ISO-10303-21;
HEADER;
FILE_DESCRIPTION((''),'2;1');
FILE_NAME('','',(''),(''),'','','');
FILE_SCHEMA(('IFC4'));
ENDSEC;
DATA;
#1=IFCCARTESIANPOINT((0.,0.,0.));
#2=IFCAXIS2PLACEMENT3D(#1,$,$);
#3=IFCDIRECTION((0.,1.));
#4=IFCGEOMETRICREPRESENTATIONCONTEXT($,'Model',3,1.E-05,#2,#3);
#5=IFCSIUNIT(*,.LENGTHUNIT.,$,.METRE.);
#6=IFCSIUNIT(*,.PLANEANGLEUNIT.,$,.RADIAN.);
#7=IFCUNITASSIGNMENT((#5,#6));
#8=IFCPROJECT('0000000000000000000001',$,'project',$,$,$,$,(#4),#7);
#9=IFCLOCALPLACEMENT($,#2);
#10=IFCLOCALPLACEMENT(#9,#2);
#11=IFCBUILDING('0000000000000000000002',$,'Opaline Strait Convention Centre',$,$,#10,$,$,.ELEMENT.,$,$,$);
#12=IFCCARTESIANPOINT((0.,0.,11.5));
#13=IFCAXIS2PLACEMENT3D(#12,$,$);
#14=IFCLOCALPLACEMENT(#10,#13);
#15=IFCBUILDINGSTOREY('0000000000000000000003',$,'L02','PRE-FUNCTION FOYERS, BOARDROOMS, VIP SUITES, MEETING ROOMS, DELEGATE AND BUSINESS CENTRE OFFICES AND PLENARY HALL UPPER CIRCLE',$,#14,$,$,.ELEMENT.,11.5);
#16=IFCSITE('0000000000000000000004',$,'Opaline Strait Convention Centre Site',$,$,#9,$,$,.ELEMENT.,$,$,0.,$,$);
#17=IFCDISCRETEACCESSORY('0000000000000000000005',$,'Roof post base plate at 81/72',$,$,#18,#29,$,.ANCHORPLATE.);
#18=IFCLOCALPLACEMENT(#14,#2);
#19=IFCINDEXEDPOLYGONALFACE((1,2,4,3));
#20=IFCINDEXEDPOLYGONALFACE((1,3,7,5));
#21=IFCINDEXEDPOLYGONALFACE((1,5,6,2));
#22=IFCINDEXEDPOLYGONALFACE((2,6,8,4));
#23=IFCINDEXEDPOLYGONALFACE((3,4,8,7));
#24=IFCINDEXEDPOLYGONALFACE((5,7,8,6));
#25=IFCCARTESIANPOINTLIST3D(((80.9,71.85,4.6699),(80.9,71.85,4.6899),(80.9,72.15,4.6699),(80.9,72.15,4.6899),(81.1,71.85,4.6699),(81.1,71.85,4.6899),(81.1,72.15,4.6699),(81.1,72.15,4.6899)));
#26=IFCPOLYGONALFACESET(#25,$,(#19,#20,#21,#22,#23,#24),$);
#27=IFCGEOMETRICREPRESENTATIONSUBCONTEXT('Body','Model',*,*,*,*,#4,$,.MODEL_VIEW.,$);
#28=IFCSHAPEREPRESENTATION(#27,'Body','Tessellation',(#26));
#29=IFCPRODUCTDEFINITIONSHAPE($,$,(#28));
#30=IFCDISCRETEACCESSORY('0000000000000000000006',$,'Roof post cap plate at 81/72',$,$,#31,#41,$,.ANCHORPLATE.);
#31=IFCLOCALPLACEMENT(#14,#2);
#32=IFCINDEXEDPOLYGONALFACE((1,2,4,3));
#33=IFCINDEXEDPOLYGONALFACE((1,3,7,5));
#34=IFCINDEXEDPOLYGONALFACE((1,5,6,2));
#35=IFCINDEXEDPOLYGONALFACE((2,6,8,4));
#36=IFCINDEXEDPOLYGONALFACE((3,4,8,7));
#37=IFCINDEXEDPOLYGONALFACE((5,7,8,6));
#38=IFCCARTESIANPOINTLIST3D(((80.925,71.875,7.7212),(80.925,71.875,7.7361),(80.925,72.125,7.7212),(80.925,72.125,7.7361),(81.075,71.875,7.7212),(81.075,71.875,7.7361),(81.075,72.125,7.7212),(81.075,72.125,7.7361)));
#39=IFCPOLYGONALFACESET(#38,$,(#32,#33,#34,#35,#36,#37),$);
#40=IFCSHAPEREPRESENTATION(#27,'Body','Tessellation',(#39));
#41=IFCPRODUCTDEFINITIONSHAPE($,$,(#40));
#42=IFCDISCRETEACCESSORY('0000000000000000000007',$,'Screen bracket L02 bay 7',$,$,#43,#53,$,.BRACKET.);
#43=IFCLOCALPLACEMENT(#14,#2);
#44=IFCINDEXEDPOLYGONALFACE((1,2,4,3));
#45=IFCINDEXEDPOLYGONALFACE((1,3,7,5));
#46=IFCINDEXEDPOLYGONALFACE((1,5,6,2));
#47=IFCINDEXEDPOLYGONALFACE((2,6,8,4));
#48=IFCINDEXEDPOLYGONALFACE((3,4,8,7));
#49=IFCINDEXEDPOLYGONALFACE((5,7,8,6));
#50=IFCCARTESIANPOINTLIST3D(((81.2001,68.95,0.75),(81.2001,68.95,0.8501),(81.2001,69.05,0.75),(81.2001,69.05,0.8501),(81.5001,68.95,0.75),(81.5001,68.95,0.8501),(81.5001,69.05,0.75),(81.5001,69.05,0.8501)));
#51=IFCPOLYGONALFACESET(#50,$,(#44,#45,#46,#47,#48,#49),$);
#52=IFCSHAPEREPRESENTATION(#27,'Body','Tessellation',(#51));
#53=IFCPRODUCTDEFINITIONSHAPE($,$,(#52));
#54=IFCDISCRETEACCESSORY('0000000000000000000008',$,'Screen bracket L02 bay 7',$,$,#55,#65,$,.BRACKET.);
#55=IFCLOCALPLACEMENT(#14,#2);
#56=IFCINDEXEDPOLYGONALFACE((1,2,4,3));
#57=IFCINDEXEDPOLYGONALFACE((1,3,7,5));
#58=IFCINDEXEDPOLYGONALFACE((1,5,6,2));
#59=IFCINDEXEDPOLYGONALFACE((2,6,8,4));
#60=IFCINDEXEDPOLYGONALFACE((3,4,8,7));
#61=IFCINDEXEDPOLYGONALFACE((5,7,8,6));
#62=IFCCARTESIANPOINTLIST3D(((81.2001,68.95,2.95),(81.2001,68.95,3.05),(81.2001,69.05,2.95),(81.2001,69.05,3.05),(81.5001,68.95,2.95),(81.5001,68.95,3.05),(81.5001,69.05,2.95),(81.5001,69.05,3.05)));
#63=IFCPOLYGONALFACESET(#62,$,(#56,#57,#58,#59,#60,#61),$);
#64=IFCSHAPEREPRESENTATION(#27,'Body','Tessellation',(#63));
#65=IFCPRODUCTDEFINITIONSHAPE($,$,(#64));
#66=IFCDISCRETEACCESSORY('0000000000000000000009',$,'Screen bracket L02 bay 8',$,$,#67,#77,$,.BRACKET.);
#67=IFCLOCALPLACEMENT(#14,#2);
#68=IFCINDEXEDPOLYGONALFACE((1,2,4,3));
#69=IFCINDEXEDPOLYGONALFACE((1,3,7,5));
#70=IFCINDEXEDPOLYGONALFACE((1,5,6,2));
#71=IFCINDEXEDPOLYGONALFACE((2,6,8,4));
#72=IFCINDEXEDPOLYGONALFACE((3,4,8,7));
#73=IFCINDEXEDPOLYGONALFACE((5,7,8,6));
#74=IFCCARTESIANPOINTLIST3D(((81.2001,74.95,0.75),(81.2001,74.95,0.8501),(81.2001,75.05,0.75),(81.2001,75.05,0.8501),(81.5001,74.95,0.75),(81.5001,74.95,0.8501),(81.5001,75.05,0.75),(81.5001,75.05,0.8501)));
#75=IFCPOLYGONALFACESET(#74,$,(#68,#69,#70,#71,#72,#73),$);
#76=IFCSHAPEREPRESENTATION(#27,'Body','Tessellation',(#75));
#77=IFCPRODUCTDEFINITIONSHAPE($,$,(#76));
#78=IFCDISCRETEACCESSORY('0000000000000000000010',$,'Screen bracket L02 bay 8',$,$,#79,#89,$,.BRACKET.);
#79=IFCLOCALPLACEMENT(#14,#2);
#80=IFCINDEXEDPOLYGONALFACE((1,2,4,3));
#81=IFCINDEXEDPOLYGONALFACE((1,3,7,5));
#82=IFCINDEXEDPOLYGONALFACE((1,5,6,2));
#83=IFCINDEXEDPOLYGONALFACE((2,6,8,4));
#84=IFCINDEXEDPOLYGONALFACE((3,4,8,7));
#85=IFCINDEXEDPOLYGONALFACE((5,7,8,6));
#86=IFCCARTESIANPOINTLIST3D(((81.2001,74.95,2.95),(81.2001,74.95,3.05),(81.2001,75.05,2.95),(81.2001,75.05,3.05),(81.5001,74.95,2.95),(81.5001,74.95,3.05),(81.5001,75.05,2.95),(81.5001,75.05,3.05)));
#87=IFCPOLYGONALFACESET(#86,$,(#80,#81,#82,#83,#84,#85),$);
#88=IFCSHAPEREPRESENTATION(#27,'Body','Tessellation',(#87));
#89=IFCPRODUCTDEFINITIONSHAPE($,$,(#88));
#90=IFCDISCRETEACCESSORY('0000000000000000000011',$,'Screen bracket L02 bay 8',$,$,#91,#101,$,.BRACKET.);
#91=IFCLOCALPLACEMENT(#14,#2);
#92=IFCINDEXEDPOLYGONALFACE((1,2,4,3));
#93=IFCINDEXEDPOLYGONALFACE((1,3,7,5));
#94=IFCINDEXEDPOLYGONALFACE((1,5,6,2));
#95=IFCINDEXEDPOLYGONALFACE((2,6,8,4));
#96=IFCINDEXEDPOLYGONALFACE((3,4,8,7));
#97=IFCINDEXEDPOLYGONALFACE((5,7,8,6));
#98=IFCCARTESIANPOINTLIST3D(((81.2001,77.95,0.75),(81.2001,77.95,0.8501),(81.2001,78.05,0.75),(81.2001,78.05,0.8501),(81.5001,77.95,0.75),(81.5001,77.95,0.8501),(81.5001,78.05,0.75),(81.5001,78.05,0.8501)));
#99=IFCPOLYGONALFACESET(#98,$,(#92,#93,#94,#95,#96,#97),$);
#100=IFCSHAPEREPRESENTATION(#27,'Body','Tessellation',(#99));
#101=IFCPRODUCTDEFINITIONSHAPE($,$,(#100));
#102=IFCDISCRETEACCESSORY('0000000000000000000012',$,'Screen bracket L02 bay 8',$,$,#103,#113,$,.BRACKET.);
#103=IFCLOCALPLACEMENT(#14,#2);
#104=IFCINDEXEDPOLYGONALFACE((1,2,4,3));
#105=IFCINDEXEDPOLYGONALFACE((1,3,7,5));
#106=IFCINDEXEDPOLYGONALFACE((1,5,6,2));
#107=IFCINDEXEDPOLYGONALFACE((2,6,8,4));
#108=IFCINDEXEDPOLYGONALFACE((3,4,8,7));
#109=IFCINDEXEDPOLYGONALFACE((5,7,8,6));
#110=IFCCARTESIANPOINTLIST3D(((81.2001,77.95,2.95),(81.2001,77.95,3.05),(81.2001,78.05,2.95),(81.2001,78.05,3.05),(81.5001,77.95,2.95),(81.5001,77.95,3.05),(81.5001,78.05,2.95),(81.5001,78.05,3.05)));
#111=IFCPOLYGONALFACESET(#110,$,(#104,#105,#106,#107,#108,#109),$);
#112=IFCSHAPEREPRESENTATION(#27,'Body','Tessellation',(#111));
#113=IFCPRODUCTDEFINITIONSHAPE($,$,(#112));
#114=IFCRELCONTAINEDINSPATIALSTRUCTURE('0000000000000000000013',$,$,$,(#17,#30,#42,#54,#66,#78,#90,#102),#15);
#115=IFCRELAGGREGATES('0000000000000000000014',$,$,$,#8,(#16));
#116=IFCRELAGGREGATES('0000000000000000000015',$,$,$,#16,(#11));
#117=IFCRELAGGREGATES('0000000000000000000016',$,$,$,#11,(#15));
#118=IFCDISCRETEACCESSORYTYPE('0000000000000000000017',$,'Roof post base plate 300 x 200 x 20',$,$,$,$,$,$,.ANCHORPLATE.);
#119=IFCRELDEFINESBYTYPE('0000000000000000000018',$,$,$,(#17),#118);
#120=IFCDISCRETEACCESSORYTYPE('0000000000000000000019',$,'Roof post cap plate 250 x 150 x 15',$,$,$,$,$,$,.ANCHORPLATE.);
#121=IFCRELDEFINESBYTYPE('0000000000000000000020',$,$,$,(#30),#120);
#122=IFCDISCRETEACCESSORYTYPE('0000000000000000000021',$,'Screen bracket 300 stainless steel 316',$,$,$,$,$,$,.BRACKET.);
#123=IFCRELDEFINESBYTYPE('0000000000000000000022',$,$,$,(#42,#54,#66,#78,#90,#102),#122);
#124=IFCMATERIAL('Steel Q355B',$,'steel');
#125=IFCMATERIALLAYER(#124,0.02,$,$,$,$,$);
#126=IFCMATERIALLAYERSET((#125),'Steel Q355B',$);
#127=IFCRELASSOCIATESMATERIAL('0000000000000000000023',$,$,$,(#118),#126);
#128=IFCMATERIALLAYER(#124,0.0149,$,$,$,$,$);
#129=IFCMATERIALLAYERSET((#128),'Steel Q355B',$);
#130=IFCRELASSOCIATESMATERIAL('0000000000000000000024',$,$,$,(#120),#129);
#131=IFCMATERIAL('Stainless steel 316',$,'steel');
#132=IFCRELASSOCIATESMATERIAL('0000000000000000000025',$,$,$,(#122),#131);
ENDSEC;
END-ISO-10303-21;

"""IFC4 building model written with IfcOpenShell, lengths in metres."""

from ifc_helpers import new_model, si_unit, direction, frame, origin, origin_2d, place, context, subcontext, project, spatial, rectangle, extrude, material, layer, layer_set, type_object, element, save


model = new_model("IFC4")

# Units and contexts
model_context = context("Model", 3, precision=1e-05, world=origin(), true_north=direction((0.0, 1.0)))
body_context = subcontext(model_context, "Body", "Model", "MODEL_VIEW")
ifc_project = project(units=[si_unit("LENGTHUNIT", "METRE"), si_unit("PLANEANGLEUNIT", "RADIAN")], contexts=[model_context])

# Site, building, storey
site_placement = place(None, origin())
site = spatial("IfcSite", under=ifc_project, at=site_placement, Name="Opaline Strait Convention Centre Site", CompositionType="ELEMENT", RefElevation=0.0)
building_placement = place(site_placement, origin())
building = spatial("IfcBuilding", under=site, at=building_placement, Name="Opaline Strait Convention Centre", CompositionType="ELEMENT")
storey_placement = place(building_placement, frame((0.0, 0.0, 11.5)))
storey = spatial("IfcBuildingStorey", under=building, at=storey_placement, Name="L02", Description="PRE-FUNCTION FOYERS, BOARDROOMS, VIP SUITES, MEETING ROOMS, DELEGATE AND BUSINESS CENTRE OFFICES AND PLENARY HALL UPPER CIRCLE", CompositionType="ELEMENT", Elevation=11.5)

# Shared definitions
ifc_material_1 = material(Name="Steel Q355B", Category="steel")

# Discrete accessories
ifc_layer_1 = layer(ifc_material_1, 0.02)
ifc_layer_set_1 = layer_set([ifc_layer_1], Name="Steel Q355B")
discrete_accessory_type_1 = type_object("IfcDiscreteAccessoryType", Name="Roof post base plate 300 x 200 x 20", PredefinedType="ANCHORPLATE", material=ifc_layer_set_1)
discrete_accessory_1_placement = place(storey_placement, frame((81.0, 72.0, 4.6699), z_axis=(0.0, 0.0, 1.0), x_axis=(1.0, 0.0, 0.0)))
element("IfcDiscreteAccessory", 1, at=discrete_accessory_1_placement, inside=storey, type_object=discrete_accessory_type_1, Name="Roof post base plate at 81/72", PredefinedType="ANCHORPLATE", context=body_context, shape_type="SweptSolid", body=[
    extrude(rectangle(XDim=0.2, YDim=0.3, at=origin_2d()), origin(), (0.0, 0.0, 1.0), 0.02),
])
ifc_layer_2 = layer(ifc_material_1, 0.0149)
ifc_layer_set_2 = layer_set([ifc_layer_2], Name="Steel Q355B")
discrete_accessory_type_2 = type_object("IfcDiscreteAccessoryType", Name="Roof post cap plate 250 x 150 x 15", PredefinedType="ANCHORPLATE", material=ifc_layer_set_2)
discrete_accessory_2_placement = place(storey_placement, frame((81.0, 72.0, 7.7212), z_axis=(0.0, 0.0, 1.0), x_axis=(1.0, 0.0, 0.0)))
element("IfcDiscreteAccessory", 2, at=discrete_accessory_2_placement, inside=storey, type_object=discrete_accessory_type_2, Name="Roof post cap plate at 81/72", PredefinedType="ANCHORPLATE", context=body_context, shape_type="SweptSolid", body=[
    extrude(rectangle(XDim=0.1499, YDim=0.25, at=origin_2d()), origin(), (0.0, 0.0, 1.0), 0.0149),
])
ifc_material_2 = material(Name="Stainless steel 316", Category="steel")
discrete_accessory_type_3 = type_object("IfcDiscreteAccessoryType", Name="Screen bracket 300 stainless steel 316", PredefinedType="BRACKET", material=ifc_material_2)
for number, where, z_axis, x_axis, name in (
    (3, (81.3501, 69.0, 0.75), (0.0, 0.0, 1.0), (1.0, 0.0, 0.0), "Screen bracket L02 bay 7"),
    (4, (81.3501, 69.0, 2.95), (0.0, 0.0, 1.0), (1.0, 0.0, 0.0), "Screen bracket L02 bay 7"),
    (5, (81.3501, 75.0, 0.75), (0.0, 0.0, 1.0), (1.0, 0.0, 0.0), "Screen bracket L02 bay 8"),
    (6, (81.3501, 75.0, 2.95), (0.0, 0.0, 1.0), (1.0, 0.0, 0.0), "Screen bracket L02 bay 8"),
    (7, (81.3501, 78.0, 0.75), (0.0, 0.0, 1.0), (1.0, 0.0, 0.0), "Screen bracket L02 bay 8"),
    (8, (81.3501, 78.0, 2.95), (0.0, 0.0, 1.0), (1.0, 0.0, 0.0), "Screen bracket L02 bay 8"),
):
    element("IfcDiscreteAccessory", number, at=place(storey_placement, frame(where, z_axis=z_axis, x_axis=x_axis)), inside=storey, type_object=discrete_accessory_type_3, Name=name, PredefinedType="BRACKET", context=body_context, shape_type="SweptSolid", body=[
        extrude(rectangle(XDim=0.3, YDim=0.1001, at=origin_2d()), origin(), (0.0, 0.0, 1.0), 0.1001),
    ])

save(model, "model.ifc")
